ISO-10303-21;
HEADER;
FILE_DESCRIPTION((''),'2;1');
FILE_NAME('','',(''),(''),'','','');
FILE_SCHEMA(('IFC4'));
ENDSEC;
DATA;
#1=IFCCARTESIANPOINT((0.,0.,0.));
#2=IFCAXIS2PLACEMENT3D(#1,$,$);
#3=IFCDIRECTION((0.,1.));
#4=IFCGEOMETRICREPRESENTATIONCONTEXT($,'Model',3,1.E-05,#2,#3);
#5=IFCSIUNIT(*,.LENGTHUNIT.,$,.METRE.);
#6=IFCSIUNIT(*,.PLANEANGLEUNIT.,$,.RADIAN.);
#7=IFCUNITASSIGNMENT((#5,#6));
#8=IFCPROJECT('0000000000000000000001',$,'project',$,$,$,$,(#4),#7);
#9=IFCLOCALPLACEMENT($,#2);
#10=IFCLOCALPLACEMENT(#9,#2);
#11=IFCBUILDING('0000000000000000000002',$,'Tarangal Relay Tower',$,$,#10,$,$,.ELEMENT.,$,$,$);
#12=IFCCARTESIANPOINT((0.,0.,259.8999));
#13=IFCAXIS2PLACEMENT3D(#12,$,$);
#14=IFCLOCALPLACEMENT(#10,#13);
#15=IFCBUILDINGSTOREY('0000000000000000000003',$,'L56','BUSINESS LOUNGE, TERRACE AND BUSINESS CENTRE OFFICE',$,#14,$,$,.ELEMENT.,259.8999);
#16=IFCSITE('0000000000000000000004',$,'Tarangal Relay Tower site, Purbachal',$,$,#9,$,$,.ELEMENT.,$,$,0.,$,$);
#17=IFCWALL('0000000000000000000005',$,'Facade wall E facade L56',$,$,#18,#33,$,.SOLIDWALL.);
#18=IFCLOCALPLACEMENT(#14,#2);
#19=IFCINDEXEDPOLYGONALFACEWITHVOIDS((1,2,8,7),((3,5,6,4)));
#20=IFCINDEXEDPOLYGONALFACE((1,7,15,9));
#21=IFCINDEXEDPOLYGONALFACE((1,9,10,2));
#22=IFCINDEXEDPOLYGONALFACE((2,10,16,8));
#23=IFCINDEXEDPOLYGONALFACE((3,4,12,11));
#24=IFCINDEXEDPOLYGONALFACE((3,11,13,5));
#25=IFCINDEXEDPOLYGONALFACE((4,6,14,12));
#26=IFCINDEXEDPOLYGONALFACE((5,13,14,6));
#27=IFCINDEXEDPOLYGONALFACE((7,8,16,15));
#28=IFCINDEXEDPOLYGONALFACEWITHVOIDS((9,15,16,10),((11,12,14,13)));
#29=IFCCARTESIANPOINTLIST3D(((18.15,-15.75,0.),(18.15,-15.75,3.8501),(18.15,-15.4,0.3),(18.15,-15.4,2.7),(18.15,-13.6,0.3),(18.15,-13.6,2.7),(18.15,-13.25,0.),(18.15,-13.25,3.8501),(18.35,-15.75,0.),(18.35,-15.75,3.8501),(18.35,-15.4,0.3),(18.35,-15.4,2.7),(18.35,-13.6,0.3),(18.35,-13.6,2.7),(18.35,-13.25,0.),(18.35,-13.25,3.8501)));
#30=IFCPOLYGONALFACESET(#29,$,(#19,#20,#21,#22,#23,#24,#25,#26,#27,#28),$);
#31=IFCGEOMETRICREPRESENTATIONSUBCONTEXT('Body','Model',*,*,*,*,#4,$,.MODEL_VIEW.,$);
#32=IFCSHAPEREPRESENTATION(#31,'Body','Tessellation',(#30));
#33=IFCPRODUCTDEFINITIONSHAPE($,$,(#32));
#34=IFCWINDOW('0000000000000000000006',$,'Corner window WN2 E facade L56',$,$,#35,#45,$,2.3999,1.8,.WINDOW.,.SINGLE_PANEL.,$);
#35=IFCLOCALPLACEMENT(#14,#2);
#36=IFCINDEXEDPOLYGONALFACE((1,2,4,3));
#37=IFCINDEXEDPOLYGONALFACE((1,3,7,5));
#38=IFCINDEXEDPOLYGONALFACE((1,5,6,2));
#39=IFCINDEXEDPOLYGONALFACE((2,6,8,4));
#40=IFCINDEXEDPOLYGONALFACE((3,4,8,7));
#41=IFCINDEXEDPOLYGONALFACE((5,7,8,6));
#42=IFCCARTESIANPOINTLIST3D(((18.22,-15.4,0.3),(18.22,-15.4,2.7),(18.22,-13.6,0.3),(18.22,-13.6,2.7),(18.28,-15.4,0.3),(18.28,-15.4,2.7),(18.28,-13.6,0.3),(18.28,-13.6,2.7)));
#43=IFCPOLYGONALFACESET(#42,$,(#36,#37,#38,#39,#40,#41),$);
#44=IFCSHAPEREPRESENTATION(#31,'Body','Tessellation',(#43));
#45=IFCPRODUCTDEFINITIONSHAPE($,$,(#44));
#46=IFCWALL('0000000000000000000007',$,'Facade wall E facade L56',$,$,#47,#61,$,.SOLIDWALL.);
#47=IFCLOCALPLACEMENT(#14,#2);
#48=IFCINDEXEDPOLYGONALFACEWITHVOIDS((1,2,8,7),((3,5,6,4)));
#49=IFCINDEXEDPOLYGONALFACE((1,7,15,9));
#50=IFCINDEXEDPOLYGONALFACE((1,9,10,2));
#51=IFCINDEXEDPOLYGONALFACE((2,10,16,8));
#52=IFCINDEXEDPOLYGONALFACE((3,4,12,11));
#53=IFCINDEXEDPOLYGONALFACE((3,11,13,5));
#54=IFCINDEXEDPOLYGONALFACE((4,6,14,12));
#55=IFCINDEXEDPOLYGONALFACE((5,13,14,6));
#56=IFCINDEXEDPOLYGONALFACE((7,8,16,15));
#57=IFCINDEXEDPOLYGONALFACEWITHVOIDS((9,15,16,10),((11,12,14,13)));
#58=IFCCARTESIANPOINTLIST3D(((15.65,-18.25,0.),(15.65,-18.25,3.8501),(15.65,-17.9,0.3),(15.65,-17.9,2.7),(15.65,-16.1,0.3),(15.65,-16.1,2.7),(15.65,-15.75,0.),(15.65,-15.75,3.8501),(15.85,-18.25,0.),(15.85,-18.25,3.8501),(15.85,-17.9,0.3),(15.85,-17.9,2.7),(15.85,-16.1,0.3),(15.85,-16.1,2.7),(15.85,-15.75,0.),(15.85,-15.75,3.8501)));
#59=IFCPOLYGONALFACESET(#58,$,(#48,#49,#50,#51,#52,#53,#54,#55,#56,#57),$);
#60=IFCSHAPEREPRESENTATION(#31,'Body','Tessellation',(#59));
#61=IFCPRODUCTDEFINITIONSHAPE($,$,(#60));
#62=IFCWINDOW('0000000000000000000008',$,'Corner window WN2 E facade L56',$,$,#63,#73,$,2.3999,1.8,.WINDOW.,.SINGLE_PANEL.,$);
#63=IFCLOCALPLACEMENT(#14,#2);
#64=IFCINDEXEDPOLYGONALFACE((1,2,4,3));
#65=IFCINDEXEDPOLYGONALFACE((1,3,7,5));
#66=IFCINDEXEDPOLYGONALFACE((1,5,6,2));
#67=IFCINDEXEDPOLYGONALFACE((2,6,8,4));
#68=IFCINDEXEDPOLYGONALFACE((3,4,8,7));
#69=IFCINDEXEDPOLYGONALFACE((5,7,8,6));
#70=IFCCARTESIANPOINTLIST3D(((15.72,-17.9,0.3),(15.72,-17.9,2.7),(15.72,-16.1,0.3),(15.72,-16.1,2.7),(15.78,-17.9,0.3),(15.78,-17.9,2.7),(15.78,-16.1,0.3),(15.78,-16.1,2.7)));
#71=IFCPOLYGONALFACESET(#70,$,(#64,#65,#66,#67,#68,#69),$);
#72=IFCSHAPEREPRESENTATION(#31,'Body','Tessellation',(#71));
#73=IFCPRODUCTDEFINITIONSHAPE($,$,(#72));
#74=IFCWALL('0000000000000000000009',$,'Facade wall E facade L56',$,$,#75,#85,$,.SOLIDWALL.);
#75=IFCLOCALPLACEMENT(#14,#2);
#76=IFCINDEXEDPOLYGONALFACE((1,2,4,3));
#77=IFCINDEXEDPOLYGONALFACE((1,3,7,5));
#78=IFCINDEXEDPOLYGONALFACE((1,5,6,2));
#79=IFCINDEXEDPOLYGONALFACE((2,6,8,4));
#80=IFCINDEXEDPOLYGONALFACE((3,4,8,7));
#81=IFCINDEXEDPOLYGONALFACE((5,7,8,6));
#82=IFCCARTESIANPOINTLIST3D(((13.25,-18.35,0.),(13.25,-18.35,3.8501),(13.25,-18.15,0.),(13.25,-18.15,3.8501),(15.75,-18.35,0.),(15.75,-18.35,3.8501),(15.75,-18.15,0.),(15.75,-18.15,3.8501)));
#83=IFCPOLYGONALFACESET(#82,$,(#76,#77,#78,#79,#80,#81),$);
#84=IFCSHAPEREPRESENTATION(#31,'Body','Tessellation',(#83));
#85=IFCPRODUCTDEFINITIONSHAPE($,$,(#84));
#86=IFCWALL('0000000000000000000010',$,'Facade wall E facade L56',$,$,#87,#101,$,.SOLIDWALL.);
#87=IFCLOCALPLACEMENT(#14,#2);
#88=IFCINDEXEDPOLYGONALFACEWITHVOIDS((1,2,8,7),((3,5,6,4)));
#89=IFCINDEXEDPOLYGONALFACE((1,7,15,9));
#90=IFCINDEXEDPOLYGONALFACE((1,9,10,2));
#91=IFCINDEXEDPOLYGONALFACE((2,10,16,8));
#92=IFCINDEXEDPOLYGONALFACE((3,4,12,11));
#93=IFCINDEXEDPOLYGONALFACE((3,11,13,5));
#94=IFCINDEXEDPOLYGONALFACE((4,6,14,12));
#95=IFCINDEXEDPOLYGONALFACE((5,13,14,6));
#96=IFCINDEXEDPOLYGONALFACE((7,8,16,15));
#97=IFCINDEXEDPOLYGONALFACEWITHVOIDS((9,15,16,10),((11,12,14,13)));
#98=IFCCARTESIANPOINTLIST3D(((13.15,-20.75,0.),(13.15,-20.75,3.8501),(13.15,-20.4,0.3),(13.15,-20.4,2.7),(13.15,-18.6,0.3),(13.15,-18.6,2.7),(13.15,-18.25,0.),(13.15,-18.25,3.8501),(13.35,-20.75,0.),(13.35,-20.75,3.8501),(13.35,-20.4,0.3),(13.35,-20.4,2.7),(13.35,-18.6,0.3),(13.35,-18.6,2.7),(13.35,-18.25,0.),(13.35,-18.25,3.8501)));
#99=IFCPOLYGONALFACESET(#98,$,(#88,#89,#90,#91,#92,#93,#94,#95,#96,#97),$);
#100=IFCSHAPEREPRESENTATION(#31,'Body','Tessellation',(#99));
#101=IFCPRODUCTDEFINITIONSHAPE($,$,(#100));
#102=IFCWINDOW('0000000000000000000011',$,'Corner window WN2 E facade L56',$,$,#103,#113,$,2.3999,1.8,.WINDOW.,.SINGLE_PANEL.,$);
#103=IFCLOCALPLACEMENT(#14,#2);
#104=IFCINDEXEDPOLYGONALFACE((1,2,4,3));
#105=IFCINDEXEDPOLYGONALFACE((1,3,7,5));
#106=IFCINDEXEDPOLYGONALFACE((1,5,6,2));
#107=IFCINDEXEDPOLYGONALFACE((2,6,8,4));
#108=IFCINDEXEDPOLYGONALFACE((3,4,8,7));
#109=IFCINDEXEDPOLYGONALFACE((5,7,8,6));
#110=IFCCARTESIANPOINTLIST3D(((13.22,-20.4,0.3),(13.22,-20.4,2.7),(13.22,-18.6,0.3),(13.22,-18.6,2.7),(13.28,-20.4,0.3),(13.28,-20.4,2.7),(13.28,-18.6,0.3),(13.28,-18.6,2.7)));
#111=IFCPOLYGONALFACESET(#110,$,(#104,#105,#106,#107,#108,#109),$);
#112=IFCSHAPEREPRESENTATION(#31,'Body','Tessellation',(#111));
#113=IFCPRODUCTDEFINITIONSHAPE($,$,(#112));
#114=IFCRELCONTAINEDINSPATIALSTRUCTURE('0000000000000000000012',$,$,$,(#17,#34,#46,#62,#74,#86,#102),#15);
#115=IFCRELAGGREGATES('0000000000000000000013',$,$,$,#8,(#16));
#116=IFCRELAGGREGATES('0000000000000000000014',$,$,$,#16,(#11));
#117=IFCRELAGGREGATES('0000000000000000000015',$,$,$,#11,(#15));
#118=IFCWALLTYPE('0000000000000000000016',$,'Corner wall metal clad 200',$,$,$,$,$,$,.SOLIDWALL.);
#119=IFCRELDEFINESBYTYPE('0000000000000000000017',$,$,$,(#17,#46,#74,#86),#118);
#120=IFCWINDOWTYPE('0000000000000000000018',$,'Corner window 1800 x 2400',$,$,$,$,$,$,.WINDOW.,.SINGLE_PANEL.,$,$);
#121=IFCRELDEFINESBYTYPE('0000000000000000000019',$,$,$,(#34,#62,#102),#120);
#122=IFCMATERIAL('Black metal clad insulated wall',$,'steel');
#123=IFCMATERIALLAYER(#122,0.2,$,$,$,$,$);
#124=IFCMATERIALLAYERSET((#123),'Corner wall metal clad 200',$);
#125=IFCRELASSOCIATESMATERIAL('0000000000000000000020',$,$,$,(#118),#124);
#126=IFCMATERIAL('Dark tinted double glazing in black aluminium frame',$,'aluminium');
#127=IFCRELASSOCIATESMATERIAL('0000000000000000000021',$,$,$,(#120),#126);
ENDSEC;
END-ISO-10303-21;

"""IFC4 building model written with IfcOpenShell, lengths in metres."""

from ifc_helpers import new_model, si_unit, direction, frame, frame_2d, origin, place, context, subcontext, project, spatial, rectangle, extrude, material, layer, layer_set, type_object, element, fill, save


model = new_model("IFC4")

# Units and contexts
model_context = context("Model", 3, precision=1e-05, world=origin(), true_north=direction((0.0, 1.0)))
body_context = subcontext(model_context, "Body", "Model", "MODEL_VIEW")
ifc_project = project(units=[si_unit("LENGTHUNIT", "METRE"), si_unit("PLANEANGLEUNIT", "RADIAN")], contexts=[model_context])

# Site, building, storey
site_placement = place(None, origin())
site = spatial("IfcSite", under=ifc_project, at=site_placement, Name="Tarangal Relay Tower site, Purbachal", CompositionType="ELEMENT", RefElevation=0.0)
building_placement = place(site_placement, origin())
building = spatial("IfcBuilding", under=site, at=building_placement, Name="Tarangal Relay Tower", CompositionType="ELEMENT")
storey_placement = place(building_placement, frame((0.0, 0.0, 259.8999)))
storey = spatial("IfcBuildingStorey", under=building, at=storey_placement, Name="L56", Description="BUSINESS LOUNGE, TERRACE AND BUSINESS CENTRE OFFICE", CompositionType="ELEMENT", Elevation=259.8999)

# Shared definitions
ifc_material_1 = material(Name="Black metal clad insulated wall", Category="steel")
ifc_layer_1 = layer(ifc_material_1, 0.2)
ifc_layer_set_1 = layer_set([ifc_layer_1], Name="Corner wall metal clad 200")
wall_type_1 = type_object("IfcWallType", Name="Corner wall metal clad 200", PredefinedType="SOLIDWALL", material=ifc_layer_set_1)

# Wall, opening, window
wall_1_placement = place(storey_placement, frame((18.25, -13.25, 0.0), z_axis=(0.0, 0.0, 1.0), x_axis=(0.0, -1.0, 0.0)))
wall_1 = element("IfcWall", 1, at=wall_1_placement, inside=storey, type_object=wall_type_1, Name="Facade wall E facade L56", PredefinedType="SOLIDWALL", context=body_context, shape_type="SweptSolid", body=[
    extrude(rectangle(XDim=2.5, YDim=0.2, at=frame_2d((1.25, 0.0))), origin(), (0.0, 0.0, 1.0), 3.8501),
])
opening_1_placement = place(wall_1_placement, frame((0.3501, 0.0, 0.3)))
opening_1 = element("IfcOpeningElement", 2, at=opening_1_placement, cuts=wall_1, PredefinedType="OPENING", context=body_context, shape_type="SweptSolid", body=[
    extrude(rectangle(XDim=1.8, YDim=2.3999, at=frame_2d((0.8999, 1.2))), frame((0.0, 0.1099, 0.0), z_axis=(0.0, -1.0, 0.0), x_axis=(1.0, 0.0, 0.0)), (0.0, 0.0, 1.0), 0.22),
])
ifc_material_2 = material(Name="Dark tinted double glazing in black aluminium frame", Category="aluminium")
window_type = type_object("IfcWindowType", Name="Corner window 1800 x 2400", PartitioningType="SINGLE_PANEL", PredefinedType="WINDOW", material=ifc_material_2)
window_1_placement = place(opening_1_placement, origin())
window_1 = element("IfcWindow", 3, at=window_1_placement, inside=storey, type_object=window_type, Name="Corner window WN2 E facade L56", OverallHeight=2.3999, OverallWidth=1.8, PartitioningType="SINGLE_PANEL", PredefinedType="WINDOW", context=body_context, shape_type="SweptSolid", body=[
    extrude(rectangle(XDim=1.8, YDim=2.3999, at=frame_2d((0.8999, 1.2))), frame((0.0, 0.03, 0.0), z_axis=(0.0, -1.0, 0.0), x_axis=(1.0, 0.0, 0.0)), (0.0, 0.0, 1.0), 0.0601),
])
fill(opening_1, window_1)

# Wall, opening, window
wall_2_placement = place(storey_placement, frame((15.75, -15.75, 0.0), z_axis=(0.0, 0.0, 1.0), x_axis=(0.0, -1.0, 0.0)))
wall_2 = element("IfcWall", 4, at=wall_2_placement, inside=storey, type_object=wall_type_1, Name="Facade wall E facade L56", PredefinedType="SOLIDWALL", context=body_context, shape_type="SweptSolid", body=[
    extrude(rectangle(XDim=2.5, YDim=0.2, at=frame_2d((1.25, 0.0))), origin(), (0.0, 0.0, 1.0), 3.8501),
])
opening_2_placement = place(wall_2_placement, frame((0.3501, 0.0, 0.3)))
opening_2 = element("IfcOpeningElement", 5, at=opening_2_placement, cuts=wall_2, PredefinedType="OPENING", context=body_context, shape_type="SweptSolid", body=[
    extrude(rectangle(XDim=1.8, YDim=2.3999, at=frame_2d((0.8999, 1.2))), frame((0.0, 0.1099, 0.0), z_axis=(0.0, -1.0, 0.0), x_axis=(1.0, 0.0, 0.0)), (0.0, 0.0, 1.0), 0.22),
])
window_2_placement = place(opening_2_placement, origin())
window_2 = element("IfcWindow", 6, at=window_2_placement, inside=storey, type_object=window_type, Name="Corner window WN2 E facade L56", OverallHeight=2.3999, OverallWidth=1.8, PartitioningType="SINGLE_PANEL", PredefinedType="WINDOW", context=body_context, shape_type="SweptSolid", body=[
    extrude(rectangle(XDim=1.8, YDim=2.3999, at=frame_2d((0.8999, 1.2))), frame((0.0, 0.03, 0.0), z_axis=(0.0, -1.0, 0.0), x_axis=(1.0, 0.0, 0.0)), (0.0, 0.0, 1.0), 0.0601),
])
fill(opening_2, window_2)

# Wall
wall_3_placement = place(storey_placement, frame((15.75, -18.25, 0.0), z_axis=(0.0, 0.0, 1.0), x_axis=(-1.0, 0.0, 0.0)))
element("IfcWall", 7, at=wall_3_placement, inside=storey, type_object=wall_type_1, Name="Facade wall E facade L56", PredefinedType="SOLIDWALL", context=body_context, shape_type="SweptSolid", body=[
    extrude(rectangle(XDim=2.5, YDim=0.2, at=frame_2d((1.25, 0.0))), origin(), (0.0, 0.0, 1.0), 3.8501),
])

# Wall, opening, window
wall_4_placement = place(storey_placement, frame((13.25, -18.25, 0.0), z_axis=(0.0, 0.0, 1.0), x_axis=(0.0, -1.0, 0.0)))
wall_4 = element("IfcWall", 8, at=wall_4_placement, inside=storey, type_object=wall_type_1, Name="Facade wall E facade L56", PredefinedType="SOLIDWALL", context=body_context, shape_type="SweptSolid", body=[
    extrude(rectangle(XDim=2.5, YDim=0.2, at=frame_2d((1.25, 0.0))), origin(), (0.0, 0.0, 1.0), 3.8501),
])
opening_3_placement = place(wall_4_placement, frame((0.3501, 0.0, 0.3)))
opening_3 = element("IfcOpeningElement", 9, at=opening_3_placement, cuts=wall_4, PredefinedType="OPENING", context=body_context, shape_type="SweptSolid", body=[
    extrude(rectangle(XDim=1.8, YDim=2.3999, at=frame_2d((0.8999, 1.2))), frame((0.0, 0.1099, 0.0), z_axis=(0.0, -1.0, 0.0), x_axis=(1.0, 0.0, 0.0)), (0.0, 0.0, 1.0), 0.22),
])
window_3_placement = place(opening_3_placement, origin())
window_3 = element("IfcWindow", 10, at=window_3_placement, inside=storey, type_object=window_type, Name="Corner window WN2 E facade L56", OverallHeight=2.3999, OverallWidth=1.8, PartitioningType="SINGLE_PANEL", PredefinedType="WINDOW", context=body_context, shape_type="SweptSolid", body=[
    extrude(rectangle(XDim=1.8, YDim=2.3999, at=frame_2d((0.8999, 1.2))), frame((0.0, 0.03, 0.0), z_axis=(0.0, -1.0, 0.0), x_axis=(1.0, 0.0, 0.0)), (0.0, 0.0, 1.0), 0.0601),
])
fill(opening_3, window_3)

save(model, "model.ifc")
